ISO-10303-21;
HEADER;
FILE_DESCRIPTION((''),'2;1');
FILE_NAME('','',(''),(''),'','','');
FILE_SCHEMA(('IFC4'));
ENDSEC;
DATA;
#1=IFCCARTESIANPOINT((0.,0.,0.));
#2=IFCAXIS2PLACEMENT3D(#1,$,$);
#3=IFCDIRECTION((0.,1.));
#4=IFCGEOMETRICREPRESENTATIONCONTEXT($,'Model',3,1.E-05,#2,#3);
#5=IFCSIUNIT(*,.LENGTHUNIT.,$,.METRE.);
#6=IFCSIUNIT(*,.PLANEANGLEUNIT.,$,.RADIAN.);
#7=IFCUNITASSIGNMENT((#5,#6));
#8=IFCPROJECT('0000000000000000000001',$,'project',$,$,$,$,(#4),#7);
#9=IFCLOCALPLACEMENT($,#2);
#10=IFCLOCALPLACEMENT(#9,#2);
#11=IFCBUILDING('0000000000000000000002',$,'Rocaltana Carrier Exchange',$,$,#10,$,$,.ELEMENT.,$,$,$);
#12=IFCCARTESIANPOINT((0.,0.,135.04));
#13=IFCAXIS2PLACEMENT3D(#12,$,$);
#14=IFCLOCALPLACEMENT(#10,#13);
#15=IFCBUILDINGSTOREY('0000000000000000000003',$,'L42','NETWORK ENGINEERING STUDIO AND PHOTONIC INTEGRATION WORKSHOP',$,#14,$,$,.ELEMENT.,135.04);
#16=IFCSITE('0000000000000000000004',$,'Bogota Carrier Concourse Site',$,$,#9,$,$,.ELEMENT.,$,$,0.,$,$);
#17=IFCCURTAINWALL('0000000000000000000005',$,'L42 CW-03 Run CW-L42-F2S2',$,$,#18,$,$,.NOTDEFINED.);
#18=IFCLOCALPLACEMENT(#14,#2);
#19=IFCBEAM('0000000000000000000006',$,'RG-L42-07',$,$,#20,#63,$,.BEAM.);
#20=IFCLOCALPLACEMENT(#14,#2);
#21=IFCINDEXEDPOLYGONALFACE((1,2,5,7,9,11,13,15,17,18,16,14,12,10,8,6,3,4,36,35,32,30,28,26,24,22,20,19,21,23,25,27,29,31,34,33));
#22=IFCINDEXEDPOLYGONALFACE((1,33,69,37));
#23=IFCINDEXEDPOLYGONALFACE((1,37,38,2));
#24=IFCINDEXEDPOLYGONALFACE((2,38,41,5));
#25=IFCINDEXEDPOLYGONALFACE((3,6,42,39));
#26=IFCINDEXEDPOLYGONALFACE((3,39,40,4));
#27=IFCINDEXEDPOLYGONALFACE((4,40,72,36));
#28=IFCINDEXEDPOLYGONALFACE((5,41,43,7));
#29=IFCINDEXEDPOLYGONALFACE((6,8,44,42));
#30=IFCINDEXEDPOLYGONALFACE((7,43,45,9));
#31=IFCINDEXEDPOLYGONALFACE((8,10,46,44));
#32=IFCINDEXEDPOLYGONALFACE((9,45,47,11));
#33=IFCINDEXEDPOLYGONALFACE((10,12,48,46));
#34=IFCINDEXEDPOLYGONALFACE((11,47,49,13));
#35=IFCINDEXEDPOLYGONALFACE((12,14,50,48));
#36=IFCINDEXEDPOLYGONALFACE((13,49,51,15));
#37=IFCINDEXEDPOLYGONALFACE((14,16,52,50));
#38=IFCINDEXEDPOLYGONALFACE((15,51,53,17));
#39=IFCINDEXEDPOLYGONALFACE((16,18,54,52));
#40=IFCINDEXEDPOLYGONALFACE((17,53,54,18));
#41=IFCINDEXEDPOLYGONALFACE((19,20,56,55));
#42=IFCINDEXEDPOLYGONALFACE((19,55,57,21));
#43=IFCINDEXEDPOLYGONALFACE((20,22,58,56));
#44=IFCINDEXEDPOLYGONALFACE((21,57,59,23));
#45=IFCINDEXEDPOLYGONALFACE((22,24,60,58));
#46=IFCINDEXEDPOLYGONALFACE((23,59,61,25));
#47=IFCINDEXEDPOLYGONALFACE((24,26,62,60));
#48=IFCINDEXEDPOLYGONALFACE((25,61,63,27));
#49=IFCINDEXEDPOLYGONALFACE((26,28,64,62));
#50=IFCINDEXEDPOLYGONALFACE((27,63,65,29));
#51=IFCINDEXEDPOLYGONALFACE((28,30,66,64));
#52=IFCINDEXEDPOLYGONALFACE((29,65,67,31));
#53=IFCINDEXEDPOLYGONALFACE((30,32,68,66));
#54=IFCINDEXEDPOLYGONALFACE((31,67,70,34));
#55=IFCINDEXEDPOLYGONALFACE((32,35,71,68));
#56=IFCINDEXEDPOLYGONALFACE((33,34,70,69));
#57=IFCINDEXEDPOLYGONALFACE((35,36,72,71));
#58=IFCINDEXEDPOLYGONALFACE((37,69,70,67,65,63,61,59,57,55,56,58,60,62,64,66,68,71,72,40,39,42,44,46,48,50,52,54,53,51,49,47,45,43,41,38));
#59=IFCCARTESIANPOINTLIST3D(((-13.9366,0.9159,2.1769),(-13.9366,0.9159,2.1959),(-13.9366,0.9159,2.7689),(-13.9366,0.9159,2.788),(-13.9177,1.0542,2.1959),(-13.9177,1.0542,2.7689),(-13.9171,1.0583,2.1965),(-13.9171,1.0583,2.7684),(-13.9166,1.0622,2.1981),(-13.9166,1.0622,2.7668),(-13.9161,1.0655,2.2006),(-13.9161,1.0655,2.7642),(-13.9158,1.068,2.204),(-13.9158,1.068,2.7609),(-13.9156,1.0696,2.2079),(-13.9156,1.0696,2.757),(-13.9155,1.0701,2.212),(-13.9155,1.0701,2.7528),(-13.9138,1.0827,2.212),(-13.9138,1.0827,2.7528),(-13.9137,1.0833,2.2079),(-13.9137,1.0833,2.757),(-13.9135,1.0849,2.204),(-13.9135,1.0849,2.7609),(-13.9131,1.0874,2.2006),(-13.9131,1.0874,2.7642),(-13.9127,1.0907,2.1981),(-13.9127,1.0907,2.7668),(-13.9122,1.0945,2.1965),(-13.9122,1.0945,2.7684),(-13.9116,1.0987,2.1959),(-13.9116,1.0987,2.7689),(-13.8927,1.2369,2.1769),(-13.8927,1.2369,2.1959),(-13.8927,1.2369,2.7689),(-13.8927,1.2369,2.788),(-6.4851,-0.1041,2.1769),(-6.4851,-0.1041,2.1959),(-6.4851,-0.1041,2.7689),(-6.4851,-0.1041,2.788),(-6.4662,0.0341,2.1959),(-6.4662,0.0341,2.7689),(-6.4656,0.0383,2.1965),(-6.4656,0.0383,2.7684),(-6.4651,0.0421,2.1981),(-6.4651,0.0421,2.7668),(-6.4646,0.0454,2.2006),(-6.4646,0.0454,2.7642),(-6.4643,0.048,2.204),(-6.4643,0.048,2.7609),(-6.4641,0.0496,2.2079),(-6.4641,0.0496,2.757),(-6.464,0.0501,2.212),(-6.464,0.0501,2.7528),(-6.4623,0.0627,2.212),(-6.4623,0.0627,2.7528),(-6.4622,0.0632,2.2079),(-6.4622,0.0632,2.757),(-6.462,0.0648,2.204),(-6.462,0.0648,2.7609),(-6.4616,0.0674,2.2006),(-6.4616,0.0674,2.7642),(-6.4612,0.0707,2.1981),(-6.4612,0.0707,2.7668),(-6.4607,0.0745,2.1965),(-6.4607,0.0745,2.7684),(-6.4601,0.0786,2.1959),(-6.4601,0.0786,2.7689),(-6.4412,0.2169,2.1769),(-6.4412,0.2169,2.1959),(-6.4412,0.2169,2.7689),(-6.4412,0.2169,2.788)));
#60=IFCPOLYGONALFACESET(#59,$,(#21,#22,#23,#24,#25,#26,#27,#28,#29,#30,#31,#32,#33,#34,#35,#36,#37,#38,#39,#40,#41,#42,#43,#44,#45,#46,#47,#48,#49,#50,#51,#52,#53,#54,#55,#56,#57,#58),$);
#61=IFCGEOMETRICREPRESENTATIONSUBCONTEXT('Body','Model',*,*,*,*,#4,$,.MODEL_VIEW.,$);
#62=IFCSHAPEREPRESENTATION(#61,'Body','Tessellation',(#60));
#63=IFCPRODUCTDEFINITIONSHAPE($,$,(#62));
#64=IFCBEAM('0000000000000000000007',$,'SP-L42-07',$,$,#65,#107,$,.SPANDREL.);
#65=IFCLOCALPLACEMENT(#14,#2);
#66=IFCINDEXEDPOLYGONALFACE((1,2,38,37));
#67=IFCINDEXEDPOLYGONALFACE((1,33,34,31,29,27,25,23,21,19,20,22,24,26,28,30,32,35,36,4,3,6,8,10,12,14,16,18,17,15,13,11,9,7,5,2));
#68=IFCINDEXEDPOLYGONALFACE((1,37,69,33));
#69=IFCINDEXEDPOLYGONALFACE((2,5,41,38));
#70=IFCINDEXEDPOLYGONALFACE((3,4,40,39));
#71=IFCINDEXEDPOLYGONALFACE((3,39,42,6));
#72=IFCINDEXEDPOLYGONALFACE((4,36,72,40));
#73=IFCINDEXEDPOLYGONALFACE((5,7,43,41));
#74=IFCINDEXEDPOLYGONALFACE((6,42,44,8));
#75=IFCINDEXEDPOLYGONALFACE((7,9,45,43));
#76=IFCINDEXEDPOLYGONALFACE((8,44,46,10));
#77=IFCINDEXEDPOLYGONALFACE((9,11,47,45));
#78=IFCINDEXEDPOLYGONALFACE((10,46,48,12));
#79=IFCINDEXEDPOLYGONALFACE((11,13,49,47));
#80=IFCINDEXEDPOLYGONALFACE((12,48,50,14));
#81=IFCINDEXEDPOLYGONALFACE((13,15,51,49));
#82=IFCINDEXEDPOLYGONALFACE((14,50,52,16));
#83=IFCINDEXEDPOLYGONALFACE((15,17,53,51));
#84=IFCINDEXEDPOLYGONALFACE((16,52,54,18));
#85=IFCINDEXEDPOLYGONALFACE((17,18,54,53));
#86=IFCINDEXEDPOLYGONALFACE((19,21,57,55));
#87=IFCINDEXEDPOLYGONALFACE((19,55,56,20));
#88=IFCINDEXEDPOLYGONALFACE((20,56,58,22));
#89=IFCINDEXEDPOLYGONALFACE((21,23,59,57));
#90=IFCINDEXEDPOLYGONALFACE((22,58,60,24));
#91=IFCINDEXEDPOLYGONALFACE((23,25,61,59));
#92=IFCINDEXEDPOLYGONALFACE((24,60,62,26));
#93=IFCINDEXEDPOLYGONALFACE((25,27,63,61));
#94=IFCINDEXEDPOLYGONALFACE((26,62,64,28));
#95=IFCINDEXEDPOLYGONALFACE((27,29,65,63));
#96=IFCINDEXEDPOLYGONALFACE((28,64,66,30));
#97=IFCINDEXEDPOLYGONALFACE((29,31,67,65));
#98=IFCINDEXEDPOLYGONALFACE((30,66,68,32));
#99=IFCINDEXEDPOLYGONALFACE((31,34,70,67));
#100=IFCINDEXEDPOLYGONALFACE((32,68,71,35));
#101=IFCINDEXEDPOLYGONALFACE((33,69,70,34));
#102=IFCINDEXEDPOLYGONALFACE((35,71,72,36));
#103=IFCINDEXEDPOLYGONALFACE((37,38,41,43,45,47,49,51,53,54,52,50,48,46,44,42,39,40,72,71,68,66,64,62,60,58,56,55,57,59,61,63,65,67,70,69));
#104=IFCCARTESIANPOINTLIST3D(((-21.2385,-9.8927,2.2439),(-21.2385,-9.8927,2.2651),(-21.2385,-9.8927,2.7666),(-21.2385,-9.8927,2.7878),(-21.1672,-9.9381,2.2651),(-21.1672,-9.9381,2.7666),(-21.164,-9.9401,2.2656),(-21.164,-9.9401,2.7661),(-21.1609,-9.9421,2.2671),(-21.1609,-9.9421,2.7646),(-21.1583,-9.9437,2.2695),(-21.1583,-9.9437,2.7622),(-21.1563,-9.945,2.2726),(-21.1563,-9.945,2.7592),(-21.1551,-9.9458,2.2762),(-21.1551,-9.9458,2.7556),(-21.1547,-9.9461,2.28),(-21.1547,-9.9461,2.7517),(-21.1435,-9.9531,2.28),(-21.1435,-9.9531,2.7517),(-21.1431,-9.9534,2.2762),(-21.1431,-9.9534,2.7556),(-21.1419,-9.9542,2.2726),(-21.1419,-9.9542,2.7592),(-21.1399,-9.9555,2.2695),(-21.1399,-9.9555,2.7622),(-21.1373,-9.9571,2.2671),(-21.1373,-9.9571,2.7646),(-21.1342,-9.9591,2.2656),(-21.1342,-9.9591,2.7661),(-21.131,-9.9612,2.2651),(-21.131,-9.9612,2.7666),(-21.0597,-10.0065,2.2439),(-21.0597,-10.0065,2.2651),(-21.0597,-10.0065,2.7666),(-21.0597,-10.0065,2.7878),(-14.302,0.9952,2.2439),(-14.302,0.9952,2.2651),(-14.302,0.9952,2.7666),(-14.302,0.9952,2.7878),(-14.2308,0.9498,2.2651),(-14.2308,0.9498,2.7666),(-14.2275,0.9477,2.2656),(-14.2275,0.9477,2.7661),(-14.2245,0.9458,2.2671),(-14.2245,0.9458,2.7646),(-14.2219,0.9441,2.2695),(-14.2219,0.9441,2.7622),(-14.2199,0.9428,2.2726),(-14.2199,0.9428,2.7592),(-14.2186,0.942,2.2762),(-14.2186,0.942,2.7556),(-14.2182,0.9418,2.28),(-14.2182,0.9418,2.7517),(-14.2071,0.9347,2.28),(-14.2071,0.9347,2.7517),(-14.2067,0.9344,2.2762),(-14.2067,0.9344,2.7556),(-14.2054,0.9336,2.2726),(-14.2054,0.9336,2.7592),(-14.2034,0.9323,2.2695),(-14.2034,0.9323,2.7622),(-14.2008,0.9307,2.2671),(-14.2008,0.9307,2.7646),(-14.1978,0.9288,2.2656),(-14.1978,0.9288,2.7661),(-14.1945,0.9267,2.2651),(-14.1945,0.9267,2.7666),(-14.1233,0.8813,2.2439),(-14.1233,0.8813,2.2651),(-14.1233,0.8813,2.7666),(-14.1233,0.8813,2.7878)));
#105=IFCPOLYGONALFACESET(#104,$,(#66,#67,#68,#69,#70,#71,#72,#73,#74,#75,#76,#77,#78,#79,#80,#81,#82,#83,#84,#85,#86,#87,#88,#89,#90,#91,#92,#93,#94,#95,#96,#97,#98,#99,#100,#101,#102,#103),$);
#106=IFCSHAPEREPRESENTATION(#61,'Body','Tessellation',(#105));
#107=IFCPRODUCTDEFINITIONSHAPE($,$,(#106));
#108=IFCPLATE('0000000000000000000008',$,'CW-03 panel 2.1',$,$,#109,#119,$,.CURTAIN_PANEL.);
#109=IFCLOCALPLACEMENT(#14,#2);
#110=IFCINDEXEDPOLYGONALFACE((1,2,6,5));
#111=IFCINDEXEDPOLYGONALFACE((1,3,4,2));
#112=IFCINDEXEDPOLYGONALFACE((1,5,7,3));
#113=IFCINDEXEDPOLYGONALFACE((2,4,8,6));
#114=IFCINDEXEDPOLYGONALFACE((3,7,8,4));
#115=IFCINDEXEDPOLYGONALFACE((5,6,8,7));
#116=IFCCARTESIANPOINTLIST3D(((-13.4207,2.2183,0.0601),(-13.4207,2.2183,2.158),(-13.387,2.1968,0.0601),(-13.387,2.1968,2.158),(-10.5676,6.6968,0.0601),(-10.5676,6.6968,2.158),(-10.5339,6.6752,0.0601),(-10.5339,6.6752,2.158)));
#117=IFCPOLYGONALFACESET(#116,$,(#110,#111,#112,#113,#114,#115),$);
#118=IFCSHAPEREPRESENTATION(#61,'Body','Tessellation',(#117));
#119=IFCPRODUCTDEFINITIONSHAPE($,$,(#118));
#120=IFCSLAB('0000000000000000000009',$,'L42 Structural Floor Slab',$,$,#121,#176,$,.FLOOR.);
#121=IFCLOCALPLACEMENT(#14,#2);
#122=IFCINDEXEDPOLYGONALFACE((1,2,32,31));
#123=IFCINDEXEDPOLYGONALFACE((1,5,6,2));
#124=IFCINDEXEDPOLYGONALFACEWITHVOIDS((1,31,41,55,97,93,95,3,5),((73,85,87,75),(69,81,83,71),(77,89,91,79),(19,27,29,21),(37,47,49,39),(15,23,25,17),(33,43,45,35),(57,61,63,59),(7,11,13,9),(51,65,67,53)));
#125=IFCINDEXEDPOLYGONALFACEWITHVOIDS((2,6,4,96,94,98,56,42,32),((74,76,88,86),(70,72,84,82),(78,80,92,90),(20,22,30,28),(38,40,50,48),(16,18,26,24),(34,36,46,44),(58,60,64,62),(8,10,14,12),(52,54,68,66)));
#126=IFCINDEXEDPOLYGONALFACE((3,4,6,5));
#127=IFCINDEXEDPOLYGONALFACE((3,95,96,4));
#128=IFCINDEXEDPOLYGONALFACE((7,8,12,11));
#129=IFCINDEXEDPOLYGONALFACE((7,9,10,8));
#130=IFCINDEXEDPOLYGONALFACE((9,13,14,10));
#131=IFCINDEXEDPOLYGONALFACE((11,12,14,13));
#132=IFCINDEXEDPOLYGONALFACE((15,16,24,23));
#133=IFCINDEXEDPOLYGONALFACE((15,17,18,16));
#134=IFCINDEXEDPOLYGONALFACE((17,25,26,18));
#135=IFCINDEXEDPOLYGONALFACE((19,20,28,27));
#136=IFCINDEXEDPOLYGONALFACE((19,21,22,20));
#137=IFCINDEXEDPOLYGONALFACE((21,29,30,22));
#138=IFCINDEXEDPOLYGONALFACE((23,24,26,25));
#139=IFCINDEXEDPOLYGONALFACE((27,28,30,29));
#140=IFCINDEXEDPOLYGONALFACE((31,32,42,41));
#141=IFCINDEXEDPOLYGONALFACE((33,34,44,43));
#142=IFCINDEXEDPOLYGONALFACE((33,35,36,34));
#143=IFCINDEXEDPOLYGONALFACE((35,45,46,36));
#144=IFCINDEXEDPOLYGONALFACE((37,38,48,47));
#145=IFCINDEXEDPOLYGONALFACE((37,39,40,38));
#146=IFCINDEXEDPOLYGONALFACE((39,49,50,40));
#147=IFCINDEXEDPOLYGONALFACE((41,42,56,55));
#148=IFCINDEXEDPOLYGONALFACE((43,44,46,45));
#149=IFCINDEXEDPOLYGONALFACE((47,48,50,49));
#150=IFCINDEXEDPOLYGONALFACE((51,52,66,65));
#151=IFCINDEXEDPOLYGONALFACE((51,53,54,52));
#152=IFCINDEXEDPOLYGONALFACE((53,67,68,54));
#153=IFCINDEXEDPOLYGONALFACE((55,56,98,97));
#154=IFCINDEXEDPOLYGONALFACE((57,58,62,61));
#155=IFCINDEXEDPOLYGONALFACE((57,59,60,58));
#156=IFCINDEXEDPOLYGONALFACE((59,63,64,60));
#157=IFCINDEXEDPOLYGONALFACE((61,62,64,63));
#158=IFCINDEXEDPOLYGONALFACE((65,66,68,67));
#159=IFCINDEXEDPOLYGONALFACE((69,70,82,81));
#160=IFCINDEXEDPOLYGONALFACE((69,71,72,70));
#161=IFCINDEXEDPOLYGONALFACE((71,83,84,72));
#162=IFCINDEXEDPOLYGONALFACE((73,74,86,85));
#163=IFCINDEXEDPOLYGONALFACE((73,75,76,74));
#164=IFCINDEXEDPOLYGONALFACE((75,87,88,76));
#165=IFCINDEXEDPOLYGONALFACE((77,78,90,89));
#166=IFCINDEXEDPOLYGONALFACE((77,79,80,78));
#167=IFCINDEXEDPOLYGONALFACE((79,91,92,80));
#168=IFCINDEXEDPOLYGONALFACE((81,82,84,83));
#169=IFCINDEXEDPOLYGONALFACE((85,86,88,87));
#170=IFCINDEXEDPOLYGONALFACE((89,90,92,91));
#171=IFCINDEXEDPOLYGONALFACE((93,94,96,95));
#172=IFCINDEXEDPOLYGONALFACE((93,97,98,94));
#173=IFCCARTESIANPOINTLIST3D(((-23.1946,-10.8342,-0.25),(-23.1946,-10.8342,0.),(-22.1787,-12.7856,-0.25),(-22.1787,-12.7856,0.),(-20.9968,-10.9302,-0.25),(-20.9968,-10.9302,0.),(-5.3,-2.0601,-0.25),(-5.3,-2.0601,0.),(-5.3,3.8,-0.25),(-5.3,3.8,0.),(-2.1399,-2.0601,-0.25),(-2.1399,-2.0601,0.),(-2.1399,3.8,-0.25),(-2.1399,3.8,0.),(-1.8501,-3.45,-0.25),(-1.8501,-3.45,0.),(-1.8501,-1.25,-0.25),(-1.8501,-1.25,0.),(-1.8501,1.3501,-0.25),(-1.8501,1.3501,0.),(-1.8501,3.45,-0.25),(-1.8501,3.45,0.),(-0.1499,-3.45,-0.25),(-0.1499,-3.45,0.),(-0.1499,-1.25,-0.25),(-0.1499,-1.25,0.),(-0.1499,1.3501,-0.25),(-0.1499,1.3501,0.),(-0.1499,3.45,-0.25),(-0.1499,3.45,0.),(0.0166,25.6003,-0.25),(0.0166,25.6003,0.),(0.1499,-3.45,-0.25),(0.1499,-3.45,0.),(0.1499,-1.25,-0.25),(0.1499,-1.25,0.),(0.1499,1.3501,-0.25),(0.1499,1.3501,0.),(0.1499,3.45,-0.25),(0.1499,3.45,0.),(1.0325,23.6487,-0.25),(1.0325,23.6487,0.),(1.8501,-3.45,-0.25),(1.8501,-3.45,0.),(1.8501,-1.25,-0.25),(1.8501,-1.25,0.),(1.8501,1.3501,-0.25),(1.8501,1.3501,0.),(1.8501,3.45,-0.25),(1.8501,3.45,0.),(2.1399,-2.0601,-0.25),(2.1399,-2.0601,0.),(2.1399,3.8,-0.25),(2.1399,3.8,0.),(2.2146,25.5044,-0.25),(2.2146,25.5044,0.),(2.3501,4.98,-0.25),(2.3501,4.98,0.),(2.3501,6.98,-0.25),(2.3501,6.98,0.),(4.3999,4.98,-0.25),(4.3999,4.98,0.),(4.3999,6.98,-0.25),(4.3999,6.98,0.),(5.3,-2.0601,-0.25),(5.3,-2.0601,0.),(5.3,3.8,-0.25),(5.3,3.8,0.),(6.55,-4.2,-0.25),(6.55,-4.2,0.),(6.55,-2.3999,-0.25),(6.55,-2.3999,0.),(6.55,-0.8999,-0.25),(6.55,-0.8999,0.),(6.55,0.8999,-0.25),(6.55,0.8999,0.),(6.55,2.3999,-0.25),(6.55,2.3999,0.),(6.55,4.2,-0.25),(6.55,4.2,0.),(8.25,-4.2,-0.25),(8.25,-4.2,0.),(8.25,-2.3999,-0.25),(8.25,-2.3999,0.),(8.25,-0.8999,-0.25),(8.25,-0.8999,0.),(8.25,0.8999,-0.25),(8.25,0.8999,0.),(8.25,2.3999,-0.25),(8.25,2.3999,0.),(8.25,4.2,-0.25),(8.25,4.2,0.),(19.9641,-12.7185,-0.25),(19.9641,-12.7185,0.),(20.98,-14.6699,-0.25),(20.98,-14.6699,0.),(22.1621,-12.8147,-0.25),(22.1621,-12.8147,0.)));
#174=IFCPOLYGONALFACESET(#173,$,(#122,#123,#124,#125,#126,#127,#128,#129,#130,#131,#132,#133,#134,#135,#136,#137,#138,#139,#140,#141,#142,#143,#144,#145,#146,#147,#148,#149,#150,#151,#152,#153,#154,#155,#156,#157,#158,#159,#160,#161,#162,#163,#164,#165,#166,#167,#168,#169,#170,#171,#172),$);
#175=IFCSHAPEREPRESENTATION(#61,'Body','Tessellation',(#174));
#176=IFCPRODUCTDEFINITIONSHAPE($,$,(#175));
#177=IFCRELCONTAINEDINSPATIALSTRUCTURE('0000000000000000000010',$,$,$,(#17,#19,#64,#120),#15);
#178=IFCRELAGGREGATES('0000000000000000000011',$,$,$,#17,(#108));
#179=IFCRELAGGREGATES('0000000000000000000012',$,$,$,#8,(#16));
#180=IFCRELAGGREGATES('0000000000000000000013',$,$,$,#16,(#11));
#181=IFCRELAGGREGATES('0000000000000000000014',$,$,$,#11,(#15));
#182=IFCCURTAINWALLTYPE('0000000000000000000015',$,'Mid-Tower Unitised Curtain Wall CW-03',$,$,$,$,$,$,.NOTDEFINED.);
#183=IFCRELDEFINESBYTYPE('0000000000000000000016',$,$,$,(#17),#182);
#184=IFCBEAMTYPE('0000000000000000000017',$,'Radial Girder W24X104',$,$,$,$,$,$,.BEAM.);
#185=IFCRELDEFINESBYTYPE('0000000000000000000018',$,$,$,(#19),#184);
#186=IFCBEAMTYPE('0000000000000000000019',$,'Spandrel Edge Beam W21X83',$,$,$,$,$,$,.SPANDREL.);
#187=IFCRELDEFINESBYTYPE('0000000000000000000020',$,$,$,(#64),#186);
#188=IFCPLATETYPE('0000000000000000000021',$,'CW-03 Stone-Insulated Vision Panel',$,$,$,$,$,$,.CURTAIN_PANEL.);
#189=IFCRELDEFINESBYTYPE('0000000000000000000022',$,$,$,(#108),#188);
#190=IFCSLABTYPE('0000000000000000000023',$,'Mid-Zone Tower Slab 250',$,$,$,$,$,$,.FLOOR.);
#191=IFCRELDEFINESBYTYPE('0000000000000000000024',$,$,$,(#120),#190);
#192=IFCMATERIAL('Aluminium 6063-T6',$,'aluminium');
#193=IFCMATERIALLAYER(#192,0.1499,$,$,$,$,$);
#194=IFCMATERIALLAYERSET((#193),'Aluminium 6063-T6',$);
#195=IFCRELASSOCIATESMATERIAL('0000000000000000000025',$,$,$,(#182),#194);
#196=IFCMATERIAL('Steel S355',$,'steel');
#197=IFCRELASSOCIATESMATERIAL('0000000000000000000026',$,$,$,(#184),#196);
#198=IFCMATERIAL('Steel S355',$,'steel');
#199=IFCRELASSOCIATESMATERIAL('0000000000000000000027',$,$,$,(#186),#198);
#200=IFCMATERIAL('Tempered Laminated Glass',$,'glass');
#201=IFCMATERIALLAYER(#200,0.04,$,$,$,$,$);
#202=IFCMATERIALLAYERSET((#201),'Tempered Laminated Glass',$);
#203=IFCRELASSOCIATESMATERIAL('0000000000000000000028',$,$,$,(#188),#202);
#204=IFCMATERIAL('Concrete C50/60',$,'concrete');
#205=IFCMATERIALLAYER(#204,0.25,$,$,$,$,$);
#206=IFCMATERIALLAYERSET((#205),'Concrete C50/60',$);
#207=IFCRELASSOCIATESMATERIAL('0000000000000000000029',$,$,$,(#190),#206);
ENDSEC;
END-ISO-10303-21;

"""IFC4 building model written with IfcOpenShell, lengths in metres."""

from ifc_helpers import new_model, si_unit, direction, frame, origin, origin_2d, place, context, subcontext, project, spatial, polyline, rectangle, i_section, outline, extrude, material, layer, layer_set, material_profile, profile_set, type_object, element, aggregate, save


model = new_model("IFC4")

# Units and contexts
model_context = context("Model", 3, precision=1e-05, world=origin(), true_north=direction((0.0, 1.0)))
body_context = subcontext(model_context, "Body", "Model", "MODEL_VIEW")
ifc_project = project(units=[si_unit("LENGTHUNIT", "METRE"), si_unit("PLANEANGLEUNIT", "RADIAN")], contexts=[model_context])

# Site, building, storey
site_placement = place(None, origin())
site = spatial("IfcSite", under=ifc_project, at=site_placement, Name="Bogota Carrier Concourse Site", CompositionType="ELEMENT", RefElevation=0.0)
building_placement = place(site_placement, origin())
building = spatial("IfcBuilding", under=site, at=building_placement, Name="Rocaltana Carrier Exchange", CompositionType="ELEMENT")
storey_placement = place(building_placement, frame((0.0, 0.0, 135.04)))
storey = spatial("IfcBuildingStorey", under=building, at=storey_placement, Name="L42", Description="NETWORK ENGINEERING STUDIO AND PHOTONIC INTEGRATION WORKSHOP", CompositionType="ELEMENT", Elevation=135.04)

# Curtain wall
ifc_material_1 = material(Name="Aluminium 6063-T6", Category="aluminium")
ifc_layer_1 = layer(ifc_material_1, 0.1499)
ifc_layer_set_1 = layer_set([ifc_layer_1], Name="Aluminium 6063-T6")
curtain_wall_type = type_object("IfcCurtainWallType", Name="Mid-Tower Unitised Curtain Wall CW-03", PredefinedType="NOTDEFINED", material=ifc_layer_set_1)
curtain_wall_1_placement = place(storey_placement, origin())
curtain_wall_1 = element("IfcCurtainWall", 1, at=curtain_wall_1_placement, inside=storey, type_object=curtain_wall_type, Name="L42 CW-03 Run CW-L42-F2S2", PredefinedType="NOTDEFINED")

# Beams
ifc_material_2 = material(Name="Steel S355", Category="steel")
ifc_material_profile_1 = material_profile(ifc_material_2, i_section(OverallWidth=0.324, OverallDepth=0.6111, WebThickness=0.0127, FlangeThickness=0.019, FilletRadius=0.0161, at=origin_2d()), Name="W24X104")
ifc_profile_set_1 = profile_set([ifc_material_profile_1], Name="Steel S355")
beam_type_1 = type_object("IfcBeamType", Name="Radial Girder W24X104", PredefinedType="BEAM", material=ifc_profile_set_1)
beam_1_placement = place(storey_placement, frame((-6.4631, 0.0564, 2.4824), z_axis=(-0.99076, 0.135625, 0.0), x_axis=(-0.135625, -0.99076, 0.0)))
element("IfcBeam", 2, at=beam_1_placement, inside=storey, type_object=beam_type_1, Name="RG-L42-07", PredefinedType="BEAM", context=body_context, shape_type="SweptSolid", body=[
    extrude(i_section(OverallWidth=0.324, OverallDepth=0.6111, WebThickness=0.0127, FlangeThickness=0.019, FilletRadius=0.0161, at=origin_2d()), origin(), (0.0, 0.0, 1.0), 7.521),
])
ifc_material_3 = material(Name="Steel S355", Category="steel")
ifc_material_profile_2 = material_profile(ifc_material_3, i_section(OverallWidth=0.2119, OverallDepth=0.5439, WebThickness=0.0132, FlangeThickness=0.0212, FilletRadius=0.0149, at=origin_2d()), Name="W21X83")
ifc_profile_set_2 = profile_set([ifc_material_profile_2], Name="Steel S355")
beam_type_2 = type_object("IfcBeamType", Name="Spandrel Edge Beam W21X83", PredefinedType="SPANDREL", material=ifc_profile_set_2)
beam_2_placement = place(storey_placement, frame((-14.2126, 0.9382, 2.5159), z_axis=(-0.537307, -0.843386, 0.0), x_axis=(0.843386, -0.537307, 0.0)))
element("IfcBeam", 3, at=beam_2_placement, inside=storey, type_object=beam_type_2, Name="SP-L42-07", PredefinedType="SPANDREL", context=body_context, shape_type="SweptSolid", body=[
    extrude(i_section(OverallWidth=0.2119, OverallDepth=0.5439, WebThickness=0.0132, FlangeThickness=0.0212, FilletRadius=0.0149, at=origin_2d()), origin(), (0.0, 0.0, 1.0), 12.9097),
])

# Plate
ifc_material_4 = material(Name="Tempered Laminated Glass", Category="glass")
ifc_layer_2 = layer(ifc_material_4, 0.04)
ifc_layer_set_2 = layer_set([ifc_layer_2], Name="Tempered Laminated Glass")
plate_type = type_object("IfcPlateType", Name="CW-03 Stone-Insulated Vision Panel", PredefinedType="CURTAIN_PANEL", material=ifc_layer_set_2)
plate_placement = place(storey_placement, frame((-11.9773, 4.4468, 0.0601), z_axis=(0.0, 0.0, 1.0), x_axis=(-0.537301, -0.843391, 0.0)))
plate = element("IfcPlate", 4, at=plate_placement, type_object=plate_type, Name="CW-03 panel 2.1", PredefinedType="CURTAIN_PANEL", context=body_context, shape_type="SweptSolid", body=[
    extrude(rectangle(XDim=5.3101, YDim=0.04, at=origin_2d()), origin(), (0.0, 0.0, 1.0), 2.0979),
])
aggregate(curtain_wall_1, [plate])

# Slab
ifc_material_5 = material(Name="Concrete C50/60", Category="concrete")
ifc_layer_3 = layer(ifc_material_5, 0.25)
ifc_layer_set_3 = layer_set([ifc_layer_3], Name="Concrete C50/60")
slab_type_1 = type_object("IfcSlabType", Name="Mid-Zone Tower Slab 250", PredefinedType="FLOOR", material=ifc_layer_set_3)
slab_1_placement = place(storey_placement, frame((0.0, 0.0, -0.25)))
element("IfcSlab", 5, at=slab_1_placement, inside=storey, type_object=slab_type_1, Name="L42 Structural Floor Slab", PredefinedType="FLOOR", context=body_context, shape_type="SweptSolid", body=[
    extrude(outline(polyline([(20.98, -14.6699), (19.9641, -12.7185), (22.1621, -12.8147), (2.2146, 25.5044), (1.0325, 23.6487), (0.0166, 25.6003), (-23.1946, -10.8342), (-20.9968, -10.9302), (-22.1787, -12.7856), (20.98, -14.6699)]), holes=[polyline([(-5.3, -2.0601), (-2.1399, -2.0601), (-2.1399, 3.8), (-5.3, 3.8), (-5.3, -2.0601)]), polyline([(2.1399, -2.0601), (5.3, -2.0601), (5.3, 3.8), (2.1399, 3.8), (2.1399, -2.0601)]), polyline([(-1.8501, -3.45), (-0.1499, -3.45), (-0.1499, -1.25), (-1.8501, -1.25), (-1.8501, -3.45)]), polyline([(0.1499, -3.45), (1.8501, -3.45), (1.8501, -1.25), (0.1499, -1.25), (0.1499, -3.45)]), polyline([(2.3501, 4.98), (4.3999, 4.98), (4.3999, 6.98), (2.3501, 6.98), (2.3501, 4.98)]), polyline([(-1.8501, 1.3501), (-0.1499, 1.3501), (-0.1499, 3.45), (-1.8501, 3.45), (-1.8501, 1.3501)]), polyline([(0.1499, 1.3501), (1.8501, 1.3501), (1.8501, 3.45), (0.1499, 3.45), (0.1499, 1.3501)]), polyline([(6.55, -4.2), (8.25, -4.2), (8.25, -2.3999), (6.55, -2.3999), (6.55, -4.2)]), polyline([(6.55, -0.8999), (8.25, -0.8999), (8.25, 0.8999), (6.55, 0.8999), (6.55, -0.8999)]), polyline([(6.55, 2.3999), (8.25, 2.3999), (8.25, 4.2), (6.55, 4.2), (6.55, 2.3999)])]), origin(), (0.0, 0.0, 1.0), 0.25),
])

save(model, "model.ifc")
